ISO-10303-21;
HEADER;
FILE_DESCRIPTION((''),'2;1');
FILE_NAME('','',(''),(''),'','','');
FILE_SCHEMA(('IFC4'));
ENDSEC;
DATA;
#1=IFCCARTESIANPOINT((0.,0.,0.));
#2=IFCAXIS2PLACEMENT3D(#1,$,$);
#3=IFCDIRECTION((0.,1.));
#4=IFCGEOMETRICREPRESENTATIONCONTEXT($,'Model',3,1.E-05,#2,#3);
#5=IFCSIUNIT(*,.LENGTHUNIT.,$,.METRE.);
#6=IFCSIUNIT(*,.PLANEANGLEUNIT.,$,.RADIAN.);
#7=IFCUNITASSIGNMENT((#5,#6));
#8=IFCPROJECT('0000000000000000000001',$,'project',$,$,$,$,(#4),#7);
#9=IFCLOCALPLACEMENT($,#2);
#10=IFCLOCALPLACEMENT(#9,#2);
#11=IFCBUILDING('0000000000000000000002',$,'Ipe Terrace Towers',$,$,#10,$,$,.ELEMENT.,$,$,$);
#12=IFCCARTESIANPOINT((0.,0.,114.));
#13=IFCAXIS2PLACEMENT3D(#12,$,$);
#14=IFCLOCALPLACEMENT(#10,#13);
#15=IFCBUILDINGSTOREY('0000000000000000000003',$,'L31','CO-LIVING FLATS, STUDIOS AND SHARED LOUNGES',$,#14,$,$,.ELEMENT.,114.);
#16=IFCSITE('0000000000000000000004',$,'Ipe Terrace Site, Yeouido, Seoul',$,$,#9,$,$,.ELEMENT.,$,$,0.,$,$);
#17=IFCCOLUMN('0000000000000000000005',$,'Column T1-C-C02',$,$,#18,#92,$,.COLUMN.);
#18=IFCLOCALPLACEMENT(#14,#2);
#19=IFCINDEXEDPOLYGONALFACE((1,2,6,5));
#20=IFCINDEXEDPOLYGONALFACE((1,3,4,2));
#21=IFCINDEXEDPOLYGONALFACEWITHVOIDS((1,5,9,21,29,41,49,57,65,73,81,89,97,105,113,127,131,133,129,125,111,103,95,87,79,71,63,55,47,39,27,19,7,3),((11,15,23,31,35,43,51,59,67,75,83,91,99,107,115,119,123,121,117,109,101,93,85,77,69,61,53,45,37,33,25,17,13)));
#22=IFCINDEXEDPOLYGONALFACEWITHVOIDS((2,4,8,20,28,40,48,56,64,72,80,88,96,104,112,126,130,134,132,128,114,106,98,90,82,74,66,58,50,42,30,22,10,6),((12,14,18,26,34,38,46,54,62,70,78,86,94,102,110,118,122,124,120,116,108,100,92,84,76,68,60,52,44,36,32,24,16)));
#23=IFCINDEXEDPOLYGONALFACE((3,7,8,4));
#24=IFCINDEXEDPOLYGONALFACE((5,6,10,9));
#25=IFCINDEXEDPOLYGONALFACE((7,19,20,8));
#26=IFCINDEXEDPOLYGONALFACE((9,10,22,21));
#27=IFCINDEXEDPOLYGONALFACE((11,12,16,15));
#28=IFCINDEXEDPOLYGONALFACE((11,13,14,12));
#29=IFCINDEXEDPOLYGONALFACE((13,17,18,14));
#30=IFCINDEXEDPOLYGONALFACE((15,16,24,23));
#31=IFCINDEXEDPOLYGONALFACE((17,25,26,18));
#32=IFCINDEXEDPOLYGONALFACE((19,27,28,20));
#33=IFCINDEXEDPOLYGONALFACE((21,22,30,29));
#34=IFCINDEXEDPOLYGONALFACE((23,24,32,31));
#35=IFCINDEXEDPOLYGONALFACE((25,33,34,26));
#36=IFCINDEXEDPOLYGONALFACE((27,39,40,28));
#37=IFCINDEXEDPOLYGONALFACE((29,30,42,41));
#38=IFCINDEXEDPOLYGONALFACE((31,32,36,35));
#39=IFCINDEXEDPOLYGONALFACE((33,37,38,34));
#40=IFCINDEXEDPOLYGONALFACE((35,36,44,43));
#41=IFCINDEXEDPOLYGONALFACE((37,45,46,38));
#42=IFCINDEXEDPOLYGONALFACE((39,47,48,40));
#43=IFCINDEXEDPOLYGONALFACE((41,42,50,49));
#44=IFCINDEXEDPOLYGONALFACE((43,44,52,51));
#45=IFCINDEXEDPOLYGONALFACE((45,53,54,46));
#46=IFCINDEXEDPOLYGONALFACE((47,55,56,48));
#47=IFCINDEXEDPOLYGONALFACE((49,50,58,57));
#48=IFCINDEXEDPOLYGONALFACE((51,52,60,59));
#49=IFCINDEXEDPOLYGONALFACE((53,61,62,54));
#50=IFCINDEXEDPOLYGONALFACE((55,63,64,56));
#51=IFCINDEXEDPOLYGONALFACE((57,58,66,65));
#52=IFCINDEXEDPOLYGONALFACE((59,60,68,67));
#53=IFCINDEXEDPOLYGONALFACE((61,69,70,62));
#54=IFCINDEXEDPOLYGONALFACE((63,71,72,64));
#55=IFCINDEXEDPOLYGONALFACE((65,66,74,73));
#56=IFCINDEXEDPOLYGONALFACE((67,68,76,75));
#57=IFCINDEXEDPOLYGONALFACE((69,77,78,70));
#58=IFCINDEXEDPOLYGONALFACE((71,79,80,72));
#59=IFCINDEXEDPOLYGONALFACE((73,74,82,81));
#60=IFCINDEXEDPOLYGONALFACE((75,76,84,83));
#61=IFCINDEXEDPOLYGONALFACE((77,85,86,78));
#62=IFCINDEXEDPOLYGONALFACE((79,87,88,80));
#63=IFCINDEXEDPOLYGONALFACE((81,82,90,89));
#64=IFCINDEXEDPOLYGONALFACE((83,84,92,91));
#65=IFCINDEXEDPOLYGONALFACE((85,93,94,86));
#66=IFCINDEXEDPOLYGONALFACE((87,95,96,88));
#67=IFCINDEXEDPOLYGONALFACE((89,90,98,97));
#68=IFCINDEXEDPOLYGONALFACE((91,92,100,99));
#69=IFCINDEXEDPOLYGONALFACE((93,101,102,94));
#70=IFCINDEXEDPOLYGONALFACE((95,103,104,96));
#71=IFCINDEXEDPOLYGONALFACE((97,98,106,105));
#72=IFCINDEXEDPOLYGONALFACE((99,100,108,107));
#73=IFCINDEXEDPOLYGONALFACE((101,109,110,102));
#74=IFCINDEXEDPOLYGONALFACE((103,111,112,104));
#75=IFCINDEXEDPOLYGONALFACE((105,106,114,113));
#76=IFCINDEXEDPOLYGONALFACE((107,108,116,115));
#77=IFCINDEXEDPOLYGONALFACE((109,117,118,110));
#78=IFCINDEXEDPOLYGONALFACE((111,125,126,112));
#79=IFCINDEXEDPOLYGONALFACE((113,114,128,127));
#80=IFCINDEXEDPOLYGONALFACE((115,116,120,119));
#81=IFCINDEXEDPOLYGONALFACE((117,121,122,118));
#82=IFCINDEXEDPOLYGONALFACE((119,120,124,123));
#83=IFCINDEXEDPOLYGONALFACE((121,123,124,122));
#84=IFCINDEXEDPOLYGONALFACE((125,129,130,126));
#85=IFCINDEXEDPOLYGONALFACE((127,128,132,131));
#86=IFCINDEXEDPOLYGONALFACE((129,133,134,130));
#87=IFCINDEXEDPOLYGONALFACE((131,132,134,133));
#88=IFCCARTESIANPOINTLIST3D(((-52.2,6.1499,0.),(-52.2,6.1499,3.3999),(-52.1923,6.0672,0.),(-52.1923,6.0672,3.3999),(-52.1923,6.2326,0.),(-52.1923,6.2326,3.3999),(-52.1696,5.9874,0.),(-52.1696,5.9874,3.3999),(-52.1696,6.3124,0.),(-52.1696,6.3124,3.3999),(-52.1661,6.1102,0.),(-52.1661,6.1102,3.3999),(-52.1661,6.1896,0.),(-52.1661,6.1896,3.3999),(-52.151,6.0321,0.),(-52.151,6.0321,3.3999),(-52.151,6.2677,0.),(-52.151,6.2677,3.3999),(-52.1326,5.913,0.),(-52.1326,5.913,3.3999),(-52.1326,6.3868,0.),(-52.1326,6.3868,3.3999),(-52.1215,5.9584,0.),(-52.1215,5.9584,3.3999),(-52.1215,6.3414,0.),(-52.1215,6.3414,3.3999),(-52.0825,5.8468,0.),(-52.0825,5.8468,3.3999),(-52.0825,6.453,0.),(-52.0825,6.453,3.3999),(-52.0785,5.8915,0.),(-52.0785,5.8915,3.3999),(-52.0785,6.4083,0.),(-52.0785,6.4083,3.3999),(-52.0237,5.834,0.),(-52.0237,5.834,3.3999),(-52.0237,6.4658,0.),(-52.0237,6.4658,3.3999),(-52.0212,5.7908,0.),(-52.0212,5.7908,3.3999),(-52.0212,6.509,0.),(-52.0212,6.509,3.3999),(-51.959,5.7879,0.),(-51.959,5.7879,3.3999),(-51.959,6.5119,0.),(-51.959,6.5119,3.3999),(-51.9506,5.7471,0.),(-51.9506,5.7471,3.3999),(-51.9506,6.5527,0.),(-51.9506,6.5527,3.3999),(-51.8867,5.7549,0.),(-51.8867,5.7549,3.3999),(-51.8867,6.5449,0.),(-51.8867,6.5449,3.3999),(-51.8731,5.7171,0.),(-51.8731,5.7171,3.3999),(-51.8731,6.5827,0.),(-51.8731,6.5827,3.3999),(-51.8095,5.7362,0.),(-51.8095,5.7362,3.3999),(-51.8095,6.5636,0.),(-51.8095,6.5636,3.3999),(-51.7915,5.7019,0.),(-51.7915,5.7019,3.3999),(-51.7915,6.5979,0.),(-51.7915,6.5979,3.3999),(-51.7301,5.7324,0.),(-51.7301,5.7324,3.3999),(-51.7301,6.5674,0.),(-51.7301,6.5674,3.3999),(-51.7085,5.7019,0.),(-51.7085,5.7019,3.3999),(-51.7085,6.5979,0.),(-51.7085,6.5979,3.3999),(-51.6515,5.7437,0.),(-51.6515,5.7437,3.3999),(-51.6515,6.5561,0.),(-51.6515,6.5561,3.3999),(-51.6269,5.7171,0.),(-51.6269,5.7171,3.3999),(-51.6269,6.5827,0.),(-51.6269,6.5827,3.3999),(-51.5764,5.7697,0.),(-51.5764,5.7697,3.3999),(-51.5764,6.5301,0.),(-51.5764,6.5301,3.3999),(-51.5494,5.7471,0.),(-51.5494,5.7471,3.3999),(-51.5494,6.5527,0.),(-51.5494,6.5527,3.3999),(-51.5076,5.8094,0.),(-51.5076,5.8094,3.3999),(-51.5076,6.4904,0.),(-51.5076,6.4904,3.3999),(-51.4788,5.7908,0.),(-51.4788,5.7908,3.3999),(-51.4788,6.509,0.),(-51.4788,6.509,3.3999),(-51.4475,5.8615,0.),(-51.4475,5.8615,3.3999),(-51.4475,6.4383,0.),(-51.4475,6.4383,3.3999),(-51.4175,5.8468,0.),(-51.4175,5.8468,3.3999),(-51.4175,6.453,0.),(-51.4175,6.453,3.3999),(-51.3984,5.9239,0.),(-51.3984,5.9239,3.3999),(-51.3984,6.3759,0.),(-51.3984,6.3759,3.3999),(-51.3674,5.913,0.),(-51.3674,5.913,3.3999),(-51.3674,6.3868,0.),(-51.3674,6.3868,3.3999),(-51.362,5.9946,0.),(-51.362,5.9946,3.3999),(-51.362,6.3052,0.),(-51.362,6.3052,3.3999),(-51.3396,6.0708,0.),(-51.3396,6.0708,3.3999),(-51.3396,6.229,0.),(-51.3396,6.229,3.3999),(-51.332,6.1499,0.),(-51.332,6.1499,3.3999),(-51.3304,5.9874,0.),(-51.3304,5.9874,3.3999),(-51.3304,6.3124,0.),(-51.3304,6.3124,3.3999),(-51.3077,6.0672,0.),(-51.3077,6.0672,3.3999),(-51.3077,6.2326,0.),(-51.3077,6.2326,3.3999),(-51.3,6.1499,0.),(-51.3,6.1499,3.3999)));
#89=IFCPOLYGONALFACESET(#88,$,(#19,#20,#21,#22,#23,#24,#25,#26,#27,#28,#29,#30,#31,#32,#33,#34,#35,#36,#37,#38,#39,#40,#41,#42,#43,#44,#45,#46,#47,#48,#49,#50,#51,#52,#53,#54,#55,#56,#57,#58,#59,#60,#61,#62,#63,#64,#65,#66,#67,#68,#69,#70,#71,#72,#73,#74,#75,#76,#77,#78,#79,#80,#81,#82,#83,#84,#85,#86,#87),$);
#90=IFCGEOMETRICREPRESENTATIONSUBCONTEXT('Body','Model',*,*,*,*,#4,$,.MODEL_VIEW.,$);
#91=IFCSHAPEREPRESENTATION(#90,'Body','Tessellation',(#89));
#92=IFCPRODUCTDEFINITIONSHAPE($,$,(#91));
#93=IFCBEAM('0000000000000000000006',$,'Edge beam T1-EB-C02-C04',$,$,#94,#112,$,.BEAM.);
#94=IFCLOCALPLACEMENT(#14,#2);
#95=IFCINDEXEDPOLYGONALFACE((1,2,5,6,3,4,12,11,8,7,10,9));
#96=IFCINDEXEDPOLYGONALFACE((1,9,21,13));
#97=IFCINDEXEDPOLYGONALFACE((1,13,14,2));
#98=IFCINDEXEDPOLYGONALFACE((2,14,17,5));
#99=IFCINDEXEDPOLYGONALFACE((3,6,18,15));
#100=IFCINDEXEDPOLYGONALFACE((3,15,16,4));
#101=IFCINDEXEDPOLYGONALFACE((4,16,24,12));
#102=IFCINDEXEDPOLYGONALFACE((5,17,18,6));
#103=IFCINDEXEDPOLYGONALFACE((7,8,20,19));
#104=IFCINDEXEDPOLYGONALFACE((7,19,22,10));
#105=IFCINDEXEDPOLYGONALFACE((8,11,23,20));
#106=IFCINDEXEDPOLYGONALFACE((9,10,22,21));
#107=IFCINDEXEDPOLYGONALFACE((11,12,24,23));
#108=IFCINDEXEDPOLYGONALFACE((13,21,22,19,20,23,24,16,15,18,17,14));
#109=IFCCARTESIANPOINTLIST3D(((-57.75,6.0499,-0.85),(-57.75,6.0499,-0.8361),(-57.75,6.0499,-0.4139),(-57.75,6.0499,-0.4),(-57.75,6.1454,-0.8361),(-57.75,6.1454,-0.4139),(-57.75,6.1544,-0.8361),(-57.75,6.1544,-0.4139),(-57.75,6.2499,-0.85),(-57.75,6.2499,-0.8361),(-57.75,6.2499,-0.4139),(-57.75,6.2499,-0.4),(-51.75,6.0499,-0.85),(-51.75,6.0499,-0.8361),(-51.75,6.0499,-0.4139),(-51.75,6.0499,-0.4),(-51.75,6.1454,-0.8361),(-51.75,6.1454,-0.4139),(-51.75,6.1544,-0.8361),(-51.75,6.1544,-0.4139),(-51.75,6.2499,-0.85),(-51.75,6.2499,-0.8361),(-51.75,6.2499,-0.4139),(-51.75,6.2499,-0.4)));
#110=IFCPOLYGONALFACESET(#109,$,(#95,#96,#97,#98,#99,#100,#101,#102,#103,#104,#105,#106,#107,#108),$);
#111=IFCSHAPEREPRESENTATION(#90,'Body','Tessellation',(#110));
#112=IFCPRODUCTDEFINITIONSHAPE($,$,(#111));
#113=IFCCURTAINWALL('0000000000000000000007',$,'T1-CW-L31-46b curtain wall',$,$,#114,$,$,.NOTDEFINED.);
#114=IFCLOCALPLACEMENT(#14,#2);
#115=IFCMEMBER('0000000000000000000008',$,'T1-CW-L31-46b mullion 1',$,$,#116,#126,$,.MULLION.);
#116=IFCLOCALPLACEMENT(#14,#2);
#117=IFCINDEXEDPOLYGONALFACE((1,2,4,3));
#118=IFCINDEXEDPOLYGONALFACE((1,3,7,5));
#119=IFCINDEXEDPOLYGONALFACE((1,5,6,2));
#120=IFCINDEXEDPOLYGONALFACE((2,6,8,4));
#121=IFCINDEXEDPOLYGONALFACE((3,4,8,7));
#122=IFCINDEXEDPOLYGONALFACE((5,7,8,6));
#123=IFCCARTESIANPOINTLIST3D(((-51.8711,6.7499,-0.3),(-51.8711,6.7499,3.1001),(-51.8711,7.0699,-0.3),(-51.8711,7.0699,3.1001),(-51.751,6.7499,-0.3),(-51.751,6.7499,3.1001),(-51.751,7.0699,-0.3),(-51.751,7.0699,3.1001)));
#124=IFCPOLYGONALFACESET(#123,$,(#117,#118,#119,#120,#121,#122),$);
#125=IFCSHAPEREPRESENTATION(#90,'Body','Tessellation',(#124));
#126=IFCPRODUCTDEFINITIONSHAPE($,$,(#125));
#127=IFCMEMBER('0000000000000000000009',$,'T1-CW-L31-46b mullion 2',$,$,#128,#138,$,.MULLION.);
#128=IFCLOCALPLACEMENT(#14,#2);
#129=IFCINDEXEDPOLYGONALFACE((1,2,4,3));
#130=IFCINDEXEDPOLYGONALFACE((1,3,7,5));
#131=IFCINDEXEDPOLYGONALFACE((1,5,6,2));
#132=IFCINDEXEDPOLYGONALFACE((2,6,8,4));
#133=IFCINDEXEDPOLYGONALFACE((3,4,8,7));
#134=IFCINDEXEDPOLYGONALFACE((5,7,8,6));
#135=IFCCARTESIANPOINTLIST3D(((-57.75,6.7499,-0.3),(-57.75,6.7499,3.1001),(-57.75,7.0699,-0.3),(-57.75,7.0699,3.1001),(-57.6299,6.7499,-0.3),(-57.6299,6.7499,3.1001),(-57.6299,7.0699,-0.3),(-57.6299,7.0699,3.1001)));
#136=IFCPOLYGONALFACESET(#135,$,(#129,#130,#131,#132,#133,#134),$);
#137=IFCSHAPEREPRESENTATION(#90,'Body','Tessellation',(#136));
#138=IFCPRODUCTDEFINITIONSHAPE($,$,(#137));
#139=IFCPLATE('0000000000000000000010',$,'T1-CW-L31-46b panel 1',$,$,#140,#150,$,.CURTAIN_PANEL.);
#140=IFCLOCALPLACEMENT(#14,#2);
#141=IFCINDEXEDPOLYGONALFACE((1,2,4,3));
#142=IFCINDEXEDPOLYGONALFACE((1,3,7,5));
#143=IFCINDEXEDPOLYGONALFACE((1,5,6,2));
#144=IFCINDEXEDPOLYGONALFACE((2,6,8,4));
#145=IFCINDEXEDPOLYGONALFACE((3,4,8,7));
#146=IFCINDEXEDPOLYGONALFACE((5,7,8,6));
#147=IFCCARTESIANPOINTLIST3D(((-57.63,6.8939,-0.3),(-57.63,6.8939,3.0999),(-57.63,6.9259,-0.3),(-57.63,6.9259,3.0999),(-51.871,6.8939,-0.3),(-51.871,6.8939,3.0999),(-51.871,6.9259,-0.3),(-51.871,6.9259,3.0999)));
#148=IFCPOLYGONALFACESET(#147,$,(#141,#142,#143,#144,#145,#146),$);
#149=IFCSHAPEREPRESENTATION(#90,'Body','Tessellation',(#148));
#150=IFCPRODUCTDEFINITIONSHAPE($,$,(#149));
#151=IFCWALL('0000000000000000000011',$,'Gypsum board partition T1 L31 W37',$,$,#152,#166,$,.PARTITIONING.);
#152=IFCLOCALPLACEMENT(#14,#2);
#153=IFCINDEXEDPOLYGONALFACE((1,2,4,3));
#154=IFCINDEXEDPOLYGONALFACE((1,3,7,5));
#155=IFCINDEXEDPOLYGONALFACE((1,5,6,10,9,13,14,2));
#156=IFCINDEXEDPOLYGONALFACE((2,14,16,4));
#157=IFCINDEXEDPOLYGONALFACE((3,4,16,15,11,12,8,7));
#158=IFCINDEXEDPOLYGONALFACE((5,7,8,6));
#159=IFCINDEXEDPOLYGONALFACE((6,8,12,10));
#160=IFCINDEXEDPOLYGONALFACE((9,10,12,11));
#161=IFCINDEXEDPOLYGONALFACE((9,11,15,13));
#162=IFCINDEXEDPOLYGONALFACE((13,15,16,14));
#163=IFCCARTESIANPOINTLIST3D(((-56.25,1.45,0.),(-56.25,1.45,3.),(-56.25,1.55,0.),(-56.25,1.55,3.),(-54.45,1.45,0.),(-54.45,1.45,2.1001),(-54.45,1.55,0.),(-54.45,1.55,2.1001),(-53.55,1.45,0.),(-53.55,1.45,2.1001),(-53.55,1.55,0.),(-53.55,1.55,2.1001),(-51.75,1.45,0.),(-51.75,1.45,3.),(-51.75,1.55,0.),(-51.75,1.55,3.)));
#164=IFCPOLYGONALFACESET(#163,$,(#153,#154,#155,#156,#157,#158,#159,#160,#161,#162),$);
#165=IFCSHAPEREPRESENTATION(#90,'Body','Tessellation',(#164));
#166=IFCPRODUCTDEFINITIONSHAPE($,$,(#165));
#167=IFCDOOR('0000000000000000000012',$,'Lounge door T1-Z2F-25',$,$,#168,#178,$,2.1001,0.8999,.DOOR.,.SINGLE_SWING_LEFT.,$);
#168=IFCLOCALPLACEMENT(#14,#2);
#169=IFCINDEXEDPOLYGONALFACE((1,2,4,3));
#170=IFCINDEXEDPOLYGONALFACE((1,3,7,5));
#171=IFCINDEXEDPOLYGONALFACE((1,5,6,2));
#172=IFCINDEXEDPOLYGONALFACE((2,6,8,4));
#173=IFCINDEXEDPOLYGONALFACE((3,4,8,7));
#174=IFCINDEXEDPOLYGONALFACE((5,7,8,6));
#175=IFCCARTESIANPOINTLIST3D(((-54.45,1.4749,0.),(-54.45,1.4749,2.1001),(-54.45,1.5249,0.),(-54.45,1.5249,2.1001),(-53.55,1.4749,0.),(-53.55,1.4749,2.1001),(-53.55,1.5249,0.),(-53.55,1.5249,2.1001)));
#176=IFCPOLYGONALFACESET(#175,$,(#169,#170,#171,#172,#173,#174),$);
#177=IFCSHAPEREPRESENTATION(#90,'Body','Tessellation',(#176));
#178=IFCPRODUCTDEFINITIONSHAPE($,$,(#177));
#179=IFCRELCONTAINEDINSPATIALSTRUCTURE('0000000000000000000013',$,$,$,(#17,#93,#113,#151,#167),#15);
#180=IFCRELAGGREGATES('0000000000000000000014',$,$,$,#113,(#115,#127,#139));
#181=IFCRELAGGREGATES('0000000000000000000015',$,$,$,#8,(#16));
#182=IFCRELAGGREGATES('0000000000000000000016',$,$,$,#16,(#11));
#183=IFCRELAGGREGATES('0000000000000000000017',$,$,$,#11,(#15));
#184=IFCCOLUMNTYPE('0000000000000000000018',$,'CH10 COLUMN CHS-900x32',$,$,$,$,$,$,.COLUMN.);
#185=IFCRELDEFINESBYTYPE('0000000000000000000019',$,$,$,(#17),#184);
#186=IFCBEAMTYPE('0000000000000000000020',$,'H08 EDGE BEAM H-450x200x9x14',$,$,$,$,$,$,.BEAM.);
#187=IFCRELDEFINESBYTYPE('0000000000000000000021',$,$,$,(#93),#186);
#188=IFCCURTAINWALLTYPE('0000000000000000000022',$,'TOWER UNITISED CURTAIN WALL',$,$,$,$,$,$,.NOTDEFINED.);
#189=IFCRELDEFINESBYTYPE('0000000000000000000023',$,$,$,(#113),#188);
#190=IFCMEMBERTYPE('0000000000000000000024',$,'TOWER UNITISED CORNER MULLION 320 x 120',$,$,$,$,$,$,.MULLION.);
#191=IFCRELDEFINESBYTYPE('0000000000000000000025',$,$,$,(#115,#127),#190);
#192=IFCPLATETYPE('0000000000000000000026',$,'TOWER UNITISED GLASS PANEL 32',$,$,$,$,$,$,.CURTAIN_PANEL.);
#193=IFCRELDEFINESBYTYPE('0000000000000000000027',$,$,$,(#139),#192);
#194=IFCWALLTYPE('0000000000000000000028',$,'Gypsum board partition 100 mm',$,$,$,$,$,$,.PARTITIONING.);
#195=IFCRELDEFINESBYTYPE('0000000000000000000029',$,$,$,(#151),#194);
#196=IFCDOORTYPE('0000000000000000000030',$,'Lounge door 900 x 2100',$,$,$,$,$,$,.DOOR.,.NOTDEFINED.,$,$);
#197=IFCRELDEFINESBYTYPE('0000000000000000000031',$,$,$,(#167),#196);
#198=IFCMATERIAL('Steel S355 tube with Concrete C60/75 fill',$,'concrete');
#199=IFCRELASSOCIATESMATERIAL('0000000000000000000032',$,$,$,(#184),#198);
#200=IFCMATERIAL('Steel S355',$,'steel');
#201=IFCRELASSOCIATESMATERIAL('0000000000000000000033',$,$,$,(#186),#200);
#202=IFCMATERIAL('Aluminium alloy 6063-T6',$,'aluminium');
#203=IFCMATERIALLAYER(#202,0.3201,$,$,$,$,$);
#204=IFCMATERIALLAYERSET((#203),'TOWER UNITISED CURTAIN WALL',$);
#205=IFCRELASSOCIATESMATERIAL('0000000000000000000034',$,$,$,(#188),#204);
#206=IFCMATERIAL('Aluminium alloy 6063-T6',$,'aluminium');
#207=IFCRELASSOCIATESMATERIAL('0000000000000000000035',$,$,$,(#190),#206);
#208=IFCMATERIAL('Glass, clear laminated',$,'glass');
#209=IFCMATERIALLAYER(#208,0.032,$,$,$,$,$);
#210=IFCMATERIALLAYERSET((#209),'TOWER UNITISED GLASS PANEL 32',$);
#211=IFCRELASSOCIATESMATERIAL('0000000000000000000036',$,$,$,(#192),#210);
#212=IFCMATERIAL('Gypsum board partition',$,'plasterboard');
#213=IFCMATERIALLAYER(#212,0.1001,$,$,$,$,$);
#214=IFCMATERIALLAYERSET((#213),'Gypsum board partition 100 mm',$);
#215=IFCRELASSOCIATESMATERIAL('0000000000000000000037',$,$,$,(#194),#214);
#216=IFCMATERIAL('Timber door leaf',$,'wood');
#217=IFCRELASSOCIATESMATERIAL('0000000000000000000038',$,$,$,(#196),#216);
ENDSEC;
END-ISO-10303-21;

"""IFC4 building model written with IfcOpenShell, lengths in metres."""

from ifc_helpers import new_model, si_unit, direction, frame, frame_2d, origin, origin_2d, place, context, subcontext, project, spatial, rectangle, hollow_circle, i_section, extrude, material, layer, layer_set, material_profile, profile_set, type_object, element, fill, aggregate, save


model = new_model("IFC4")

# Units and contexts
model_context = context("Model", 3, precision=1e-05, world=origin(), true_north=direction((0.0, 1.0)))
body_context = subcontext(model_context, "Body", "Model", "MODEL_VIEW")
ifc_project = project(units=[si_unit("LENGTHUNIT", "METRE"), si_unit("PLANEANGLEUNIT", "RADIAN")], contexts=[model_context])

# Site, building, storey
site_placement = place(None, origin())
site = spatial("IfcSite", under=ifc_project, at=site_placement, Name="Ipe Terrace Site, Yeouido, Seoul", CompositionType="ELEMENT", RefElevation=0.0)
building_placement = place(site_placement, origin())
building = spatial("IfcBuilding", under=site, at=building_placement, Name="Ipe Terrace Towers", CompositionType="ELEMENT")
storey_placement = place(building_placement, frame((0.0, 0.0, 114.0)))
storey = spatial("IfcBuildingStorey", under=building, at=storey_placement, Name="L31", Description="CO-LIVING FLATS, STUDIOS AND SHARED LOUNGES", CompositionType="ELEMENT", Elevation=114.0)

# Column
ifc_material_1 = material(Name="Steel S355 tube with Concrete C60/75 fill", Category="concrete")
ifc_material_profile_1 = material_profile(ifc_material_1, hollow_circle(Radius=0.45, WallThickness=0.032, at=origin_2d()), Name="CHS-900x32")
ifc_profile_set_1 = profile_set([ifc_material_profile_1], Name="Steel S355 tube with Concrete C60/75 fill")
column_type = type_object("IfcColumnType", Name="CH10 COLUMN CHS-900x32", PredefinedType="COLUMN", material=ifc_profile_set_1)
column_placement = place(storey_placement, frame((-51.75, 6.1499, 0.0), z_axis=(0.0, 0.0, 1.0), x_axis=(1.0, 0.0, 0.0)))
element("IfcColumn", 1, at=column_placement, inside=storey, type_object=column_type, Name="Column T1-C-C02", PredefinedType="COLUMN", context=body_context, shape_type="SweptSolid", body=[
    extrude(hollow_circle(Radius=0.45, WallThickness=0.032, at=origin_2d()), origin(), (0.0, 0.0, 1.0), 3.3999),
])

# Beam
ifc_material_2 = material(Name="Steel S355", Category="steel")
ifc_material_profile_2 = material_profile(ifc_material_2, i_section(OverallWidth=0.2, OverallDepth=0.45, WebThickness=0.009, FlangeThickness=0.0139, at=origin_2d()), Name="H-450x200x9x14")
ifc_profile_set_2 = profile_set([ifc_material_profile_2], Name="Steel S355")
beam_type = type_object("IfcBeamType", Name="H08 EDGE BEAM H-450x200x9x14", PredefinedType="BEAM", material=ifc_profile_set_2)
beam_placement = place(storey_placement, frame((-51.75, 6.1499, -0.625), z_axis=(-1.0, 0.0, 0.0), x_axis=(0.0, -1.0, 0.0)))
element("IfcBeam", 2, at=beam_placement, inside=storey, type_object=beam_type, Name="Edge beam T1-EB-C02-C04", PredefinedType="BEAM", context=body_context, shape_type="SweptSolid", body=[
    extrude(i_section(OverallWidth=0.2, OverallDepth=0.45, WebThickness=0.009, FlangeThickness=0.0139, at=origin_2d()), origin(), (0.0, 0.0, 1.0), 6.0),
])

# Curtain wall, members, plate
ifc_material_3 = material(Name="Aluminium alloy 6063-T6", Category="aluminium")
ifc_layer_1 = layer(ifc_material_3, 0.3201)
ifc_layer_set_1 = layer_set([ifc_layer_1], Name="TOWER UNITISED CURTAIN WALL")
curtain_wall_type = type_object("IfcCurtainWallType", Name="TOWER UNITISED CURTAIN WALL", PredefinedType="NOTDEFINED", material=ifc_layer_set_1)
curtain_wall_placement = place(storey_placement, origin())
curtain_wall = element("IfcCurtainWall", 3, at=curtain_wall_placement, inside=storey, type_object=curtain_wall_type, Name="T1-CW-L31-46b curtain wall", PredefinedType="NOTDEFINED")
ifc_material_4 = material(Name="Aluminium alloy 6063-T6", Category="aluminium")
ifc_material_profile_3 = material_profile(ifc_material_4, rectangle(XDim=0.3201, YDim=0.1201, at=origin_2d()), Name="TOWER UNITISED CORNER MULLION 320 x 120")
ifc_profile_set_3 = profile_set([ifc_material_profile_3], Name="Aluminium alloy 6063-T6")
member_type = type_object("IfcMemberType", Name="TOWER UNITISED CORNER MULLION 320 x 120", PredefinedType="MULLION", material=ifc_profile_set_3)
member_1_placement = place(storey_placement, frame((-51.811, 6.9099, -0.3), z_axis=(0.0, 0.0, 1.0), x_axis=(0.0, 1.0, 0.0)))
member_1 = element("IfcMember", 4, at=member_1_placement, type_object=member_type, Name="T1-CW-L31-46b mullion 1", PredefinedType="MULLION", context=body_context, shape_type="SweptSolid", body=[
    extrude(rectangle(XDim=0.3201, YDim=0.1201, at=origin_2d()), origin(), (0.0, 0.0, 1.0), 3.4001),
])
member_2_placement = place(storey_placement, frame((-57.6899, 6.9099, -0.3), z_axis=(0.0, 0.0, 1.0), x_axis=(0.0, 1.0, 0.0)))
member_2 = element("IfcMember", 5, at=member_2_placement, type_object=member_type, Name="T1-CW-L31-46b mullion 2", PredefinedType="MULLION", context=body_context, shape_type="SweptSolid", body=[
    extrude(rectangle(XDim=0.3201, YDim=0.1201, at=origin_2d()), origin(), (0.0, 0.0, 1.0), 3.4001),
])
ifc_material_5 = material(Name="Glass, clear laminated", Category="glass")
ifc_layer_2 = layer(ifc_material_5, 0.032)
ifc_layer_set_2 = layer_set([ifc_layer_2], Name="TOWER UNITISED GLASS PANEL 32")
plate_type = type_object("IfcPlateType", Name="TOWER UNITISED GLASS PANEL 32", PredefinedType="CURTAIN_PANEL", material=ifc_layer_set_2)
plate_placement = place(storey_placement, frame((-54.7505, 6.9099, -0.3), z_axis=(0.0, 0.0, 1.0), x_axis=(-1.0, 0.0, 0.0)))
plate = element("IfcPlate", 6, at=plate_placement, type_object=plate_type, Name="T1-CW-L31-46b panel 1", PredefinedType="CURTAIN_PANEL", context=body_context, shape_type="SweptSolid", body=[
    extrude(rectangle(XDim=5.759, YDim=0.032, at=origin_2d()), origin(), (0.0, 0.0, 1.0), 3.3999),
])
aggregate(curtain_wall, [member_1, member_2, plate])

# Wall, opening, door
ifc_material_6 = material(Name="Gypsum board partition", Category="plasterboard")
ifc_layer_3 = layer(ifc_material_6, 0.1001)
ifc_layer_set_3 = layer_set([ifc_layer_3], Name="Gypsum board partition 100 mm")
wall_type_1 = type_object("IfcWallType", Name="Gypsum board partition 100 mm", PredefinedType="PARTITIONING", material=ifc_layer_set_3)
wall_1_placement = place(storey_placement, frame((-56.25, 1.5, 0.0), z_axis=(0.0, 0.0, 1.0), x_axis=(1.0, 0.0, 0.0)))
wall_1 = element("IfcWall", 7, at=wall_1_placement, inside=storey, type_object=wall_type_1, Name="Gypsum board partition T1 L31 W37", PredefinedType="PARTITIONING", context=body_context, shape_type="SweptSolid", body=[
    extrude(rectangle(XDim=4.5, YDim=0.1001, at=frame_2d((2.25, 0.0))), origin(), (0.0, 0.0, 1.0), 3.0),
])
opening_1_placement = place(wall_1_placement, frame((1.8, 0.0, 0.0)))
opening_1 = element("IfcOpeningElement", 8, at=opening_1_placement, cuts=wall_1, PredefinedType="OPENING", context=body_context, shape_type="SweptSolid", body=[
    extrude(rectangle(XDim=0.8999, YDim=2.1001, at=frame_2d((0.45, 1.05))), frame((0.0, 0.0601, 0.0), z_axis=(0.0, -1.0, 0.0), x_axis=(1.0, 0.0, 0.0)), (0.0, 0.0, 1.0), 0.1201),
])
ifc_material_7 = material(Name="Timber door leaf", Category="wood")
door_type_1 = type_object("IfcDoorType", Name="Lounge door 900 x 2100", OperationType="NOTDEFINED", PredefinedType="DOOR", material=ifc_material_7)
door_1_placement = place(opening_1_placement, origin())
door_1 = element("IfcDoor", 9, at=door_1_placement, inside=storey, type_object=door_type_1, Name="Lounge door T1-Z2F-25", OperationType="SINGLE_SWING_LEFT", OverallHeight=2.1001, OverallWidth=0.8999, PredefinedType="DOOR", context=body_context, shape_type="SweptSolid", body=[
    extrude(rectangle(XDim=0.8999, YDim=2.1001, at=frame_2d((0.45, 1.05))), frame((0.0, 0.0249, 0.0), z_axis=(0.0, -1.0, 0.0), x_axis=(1.0, 0.0, 0.0)), (0.0, 0.0, 1.0), 0.05),
])
fill(opening_1, door_1)

save(model, "model.ifc")
